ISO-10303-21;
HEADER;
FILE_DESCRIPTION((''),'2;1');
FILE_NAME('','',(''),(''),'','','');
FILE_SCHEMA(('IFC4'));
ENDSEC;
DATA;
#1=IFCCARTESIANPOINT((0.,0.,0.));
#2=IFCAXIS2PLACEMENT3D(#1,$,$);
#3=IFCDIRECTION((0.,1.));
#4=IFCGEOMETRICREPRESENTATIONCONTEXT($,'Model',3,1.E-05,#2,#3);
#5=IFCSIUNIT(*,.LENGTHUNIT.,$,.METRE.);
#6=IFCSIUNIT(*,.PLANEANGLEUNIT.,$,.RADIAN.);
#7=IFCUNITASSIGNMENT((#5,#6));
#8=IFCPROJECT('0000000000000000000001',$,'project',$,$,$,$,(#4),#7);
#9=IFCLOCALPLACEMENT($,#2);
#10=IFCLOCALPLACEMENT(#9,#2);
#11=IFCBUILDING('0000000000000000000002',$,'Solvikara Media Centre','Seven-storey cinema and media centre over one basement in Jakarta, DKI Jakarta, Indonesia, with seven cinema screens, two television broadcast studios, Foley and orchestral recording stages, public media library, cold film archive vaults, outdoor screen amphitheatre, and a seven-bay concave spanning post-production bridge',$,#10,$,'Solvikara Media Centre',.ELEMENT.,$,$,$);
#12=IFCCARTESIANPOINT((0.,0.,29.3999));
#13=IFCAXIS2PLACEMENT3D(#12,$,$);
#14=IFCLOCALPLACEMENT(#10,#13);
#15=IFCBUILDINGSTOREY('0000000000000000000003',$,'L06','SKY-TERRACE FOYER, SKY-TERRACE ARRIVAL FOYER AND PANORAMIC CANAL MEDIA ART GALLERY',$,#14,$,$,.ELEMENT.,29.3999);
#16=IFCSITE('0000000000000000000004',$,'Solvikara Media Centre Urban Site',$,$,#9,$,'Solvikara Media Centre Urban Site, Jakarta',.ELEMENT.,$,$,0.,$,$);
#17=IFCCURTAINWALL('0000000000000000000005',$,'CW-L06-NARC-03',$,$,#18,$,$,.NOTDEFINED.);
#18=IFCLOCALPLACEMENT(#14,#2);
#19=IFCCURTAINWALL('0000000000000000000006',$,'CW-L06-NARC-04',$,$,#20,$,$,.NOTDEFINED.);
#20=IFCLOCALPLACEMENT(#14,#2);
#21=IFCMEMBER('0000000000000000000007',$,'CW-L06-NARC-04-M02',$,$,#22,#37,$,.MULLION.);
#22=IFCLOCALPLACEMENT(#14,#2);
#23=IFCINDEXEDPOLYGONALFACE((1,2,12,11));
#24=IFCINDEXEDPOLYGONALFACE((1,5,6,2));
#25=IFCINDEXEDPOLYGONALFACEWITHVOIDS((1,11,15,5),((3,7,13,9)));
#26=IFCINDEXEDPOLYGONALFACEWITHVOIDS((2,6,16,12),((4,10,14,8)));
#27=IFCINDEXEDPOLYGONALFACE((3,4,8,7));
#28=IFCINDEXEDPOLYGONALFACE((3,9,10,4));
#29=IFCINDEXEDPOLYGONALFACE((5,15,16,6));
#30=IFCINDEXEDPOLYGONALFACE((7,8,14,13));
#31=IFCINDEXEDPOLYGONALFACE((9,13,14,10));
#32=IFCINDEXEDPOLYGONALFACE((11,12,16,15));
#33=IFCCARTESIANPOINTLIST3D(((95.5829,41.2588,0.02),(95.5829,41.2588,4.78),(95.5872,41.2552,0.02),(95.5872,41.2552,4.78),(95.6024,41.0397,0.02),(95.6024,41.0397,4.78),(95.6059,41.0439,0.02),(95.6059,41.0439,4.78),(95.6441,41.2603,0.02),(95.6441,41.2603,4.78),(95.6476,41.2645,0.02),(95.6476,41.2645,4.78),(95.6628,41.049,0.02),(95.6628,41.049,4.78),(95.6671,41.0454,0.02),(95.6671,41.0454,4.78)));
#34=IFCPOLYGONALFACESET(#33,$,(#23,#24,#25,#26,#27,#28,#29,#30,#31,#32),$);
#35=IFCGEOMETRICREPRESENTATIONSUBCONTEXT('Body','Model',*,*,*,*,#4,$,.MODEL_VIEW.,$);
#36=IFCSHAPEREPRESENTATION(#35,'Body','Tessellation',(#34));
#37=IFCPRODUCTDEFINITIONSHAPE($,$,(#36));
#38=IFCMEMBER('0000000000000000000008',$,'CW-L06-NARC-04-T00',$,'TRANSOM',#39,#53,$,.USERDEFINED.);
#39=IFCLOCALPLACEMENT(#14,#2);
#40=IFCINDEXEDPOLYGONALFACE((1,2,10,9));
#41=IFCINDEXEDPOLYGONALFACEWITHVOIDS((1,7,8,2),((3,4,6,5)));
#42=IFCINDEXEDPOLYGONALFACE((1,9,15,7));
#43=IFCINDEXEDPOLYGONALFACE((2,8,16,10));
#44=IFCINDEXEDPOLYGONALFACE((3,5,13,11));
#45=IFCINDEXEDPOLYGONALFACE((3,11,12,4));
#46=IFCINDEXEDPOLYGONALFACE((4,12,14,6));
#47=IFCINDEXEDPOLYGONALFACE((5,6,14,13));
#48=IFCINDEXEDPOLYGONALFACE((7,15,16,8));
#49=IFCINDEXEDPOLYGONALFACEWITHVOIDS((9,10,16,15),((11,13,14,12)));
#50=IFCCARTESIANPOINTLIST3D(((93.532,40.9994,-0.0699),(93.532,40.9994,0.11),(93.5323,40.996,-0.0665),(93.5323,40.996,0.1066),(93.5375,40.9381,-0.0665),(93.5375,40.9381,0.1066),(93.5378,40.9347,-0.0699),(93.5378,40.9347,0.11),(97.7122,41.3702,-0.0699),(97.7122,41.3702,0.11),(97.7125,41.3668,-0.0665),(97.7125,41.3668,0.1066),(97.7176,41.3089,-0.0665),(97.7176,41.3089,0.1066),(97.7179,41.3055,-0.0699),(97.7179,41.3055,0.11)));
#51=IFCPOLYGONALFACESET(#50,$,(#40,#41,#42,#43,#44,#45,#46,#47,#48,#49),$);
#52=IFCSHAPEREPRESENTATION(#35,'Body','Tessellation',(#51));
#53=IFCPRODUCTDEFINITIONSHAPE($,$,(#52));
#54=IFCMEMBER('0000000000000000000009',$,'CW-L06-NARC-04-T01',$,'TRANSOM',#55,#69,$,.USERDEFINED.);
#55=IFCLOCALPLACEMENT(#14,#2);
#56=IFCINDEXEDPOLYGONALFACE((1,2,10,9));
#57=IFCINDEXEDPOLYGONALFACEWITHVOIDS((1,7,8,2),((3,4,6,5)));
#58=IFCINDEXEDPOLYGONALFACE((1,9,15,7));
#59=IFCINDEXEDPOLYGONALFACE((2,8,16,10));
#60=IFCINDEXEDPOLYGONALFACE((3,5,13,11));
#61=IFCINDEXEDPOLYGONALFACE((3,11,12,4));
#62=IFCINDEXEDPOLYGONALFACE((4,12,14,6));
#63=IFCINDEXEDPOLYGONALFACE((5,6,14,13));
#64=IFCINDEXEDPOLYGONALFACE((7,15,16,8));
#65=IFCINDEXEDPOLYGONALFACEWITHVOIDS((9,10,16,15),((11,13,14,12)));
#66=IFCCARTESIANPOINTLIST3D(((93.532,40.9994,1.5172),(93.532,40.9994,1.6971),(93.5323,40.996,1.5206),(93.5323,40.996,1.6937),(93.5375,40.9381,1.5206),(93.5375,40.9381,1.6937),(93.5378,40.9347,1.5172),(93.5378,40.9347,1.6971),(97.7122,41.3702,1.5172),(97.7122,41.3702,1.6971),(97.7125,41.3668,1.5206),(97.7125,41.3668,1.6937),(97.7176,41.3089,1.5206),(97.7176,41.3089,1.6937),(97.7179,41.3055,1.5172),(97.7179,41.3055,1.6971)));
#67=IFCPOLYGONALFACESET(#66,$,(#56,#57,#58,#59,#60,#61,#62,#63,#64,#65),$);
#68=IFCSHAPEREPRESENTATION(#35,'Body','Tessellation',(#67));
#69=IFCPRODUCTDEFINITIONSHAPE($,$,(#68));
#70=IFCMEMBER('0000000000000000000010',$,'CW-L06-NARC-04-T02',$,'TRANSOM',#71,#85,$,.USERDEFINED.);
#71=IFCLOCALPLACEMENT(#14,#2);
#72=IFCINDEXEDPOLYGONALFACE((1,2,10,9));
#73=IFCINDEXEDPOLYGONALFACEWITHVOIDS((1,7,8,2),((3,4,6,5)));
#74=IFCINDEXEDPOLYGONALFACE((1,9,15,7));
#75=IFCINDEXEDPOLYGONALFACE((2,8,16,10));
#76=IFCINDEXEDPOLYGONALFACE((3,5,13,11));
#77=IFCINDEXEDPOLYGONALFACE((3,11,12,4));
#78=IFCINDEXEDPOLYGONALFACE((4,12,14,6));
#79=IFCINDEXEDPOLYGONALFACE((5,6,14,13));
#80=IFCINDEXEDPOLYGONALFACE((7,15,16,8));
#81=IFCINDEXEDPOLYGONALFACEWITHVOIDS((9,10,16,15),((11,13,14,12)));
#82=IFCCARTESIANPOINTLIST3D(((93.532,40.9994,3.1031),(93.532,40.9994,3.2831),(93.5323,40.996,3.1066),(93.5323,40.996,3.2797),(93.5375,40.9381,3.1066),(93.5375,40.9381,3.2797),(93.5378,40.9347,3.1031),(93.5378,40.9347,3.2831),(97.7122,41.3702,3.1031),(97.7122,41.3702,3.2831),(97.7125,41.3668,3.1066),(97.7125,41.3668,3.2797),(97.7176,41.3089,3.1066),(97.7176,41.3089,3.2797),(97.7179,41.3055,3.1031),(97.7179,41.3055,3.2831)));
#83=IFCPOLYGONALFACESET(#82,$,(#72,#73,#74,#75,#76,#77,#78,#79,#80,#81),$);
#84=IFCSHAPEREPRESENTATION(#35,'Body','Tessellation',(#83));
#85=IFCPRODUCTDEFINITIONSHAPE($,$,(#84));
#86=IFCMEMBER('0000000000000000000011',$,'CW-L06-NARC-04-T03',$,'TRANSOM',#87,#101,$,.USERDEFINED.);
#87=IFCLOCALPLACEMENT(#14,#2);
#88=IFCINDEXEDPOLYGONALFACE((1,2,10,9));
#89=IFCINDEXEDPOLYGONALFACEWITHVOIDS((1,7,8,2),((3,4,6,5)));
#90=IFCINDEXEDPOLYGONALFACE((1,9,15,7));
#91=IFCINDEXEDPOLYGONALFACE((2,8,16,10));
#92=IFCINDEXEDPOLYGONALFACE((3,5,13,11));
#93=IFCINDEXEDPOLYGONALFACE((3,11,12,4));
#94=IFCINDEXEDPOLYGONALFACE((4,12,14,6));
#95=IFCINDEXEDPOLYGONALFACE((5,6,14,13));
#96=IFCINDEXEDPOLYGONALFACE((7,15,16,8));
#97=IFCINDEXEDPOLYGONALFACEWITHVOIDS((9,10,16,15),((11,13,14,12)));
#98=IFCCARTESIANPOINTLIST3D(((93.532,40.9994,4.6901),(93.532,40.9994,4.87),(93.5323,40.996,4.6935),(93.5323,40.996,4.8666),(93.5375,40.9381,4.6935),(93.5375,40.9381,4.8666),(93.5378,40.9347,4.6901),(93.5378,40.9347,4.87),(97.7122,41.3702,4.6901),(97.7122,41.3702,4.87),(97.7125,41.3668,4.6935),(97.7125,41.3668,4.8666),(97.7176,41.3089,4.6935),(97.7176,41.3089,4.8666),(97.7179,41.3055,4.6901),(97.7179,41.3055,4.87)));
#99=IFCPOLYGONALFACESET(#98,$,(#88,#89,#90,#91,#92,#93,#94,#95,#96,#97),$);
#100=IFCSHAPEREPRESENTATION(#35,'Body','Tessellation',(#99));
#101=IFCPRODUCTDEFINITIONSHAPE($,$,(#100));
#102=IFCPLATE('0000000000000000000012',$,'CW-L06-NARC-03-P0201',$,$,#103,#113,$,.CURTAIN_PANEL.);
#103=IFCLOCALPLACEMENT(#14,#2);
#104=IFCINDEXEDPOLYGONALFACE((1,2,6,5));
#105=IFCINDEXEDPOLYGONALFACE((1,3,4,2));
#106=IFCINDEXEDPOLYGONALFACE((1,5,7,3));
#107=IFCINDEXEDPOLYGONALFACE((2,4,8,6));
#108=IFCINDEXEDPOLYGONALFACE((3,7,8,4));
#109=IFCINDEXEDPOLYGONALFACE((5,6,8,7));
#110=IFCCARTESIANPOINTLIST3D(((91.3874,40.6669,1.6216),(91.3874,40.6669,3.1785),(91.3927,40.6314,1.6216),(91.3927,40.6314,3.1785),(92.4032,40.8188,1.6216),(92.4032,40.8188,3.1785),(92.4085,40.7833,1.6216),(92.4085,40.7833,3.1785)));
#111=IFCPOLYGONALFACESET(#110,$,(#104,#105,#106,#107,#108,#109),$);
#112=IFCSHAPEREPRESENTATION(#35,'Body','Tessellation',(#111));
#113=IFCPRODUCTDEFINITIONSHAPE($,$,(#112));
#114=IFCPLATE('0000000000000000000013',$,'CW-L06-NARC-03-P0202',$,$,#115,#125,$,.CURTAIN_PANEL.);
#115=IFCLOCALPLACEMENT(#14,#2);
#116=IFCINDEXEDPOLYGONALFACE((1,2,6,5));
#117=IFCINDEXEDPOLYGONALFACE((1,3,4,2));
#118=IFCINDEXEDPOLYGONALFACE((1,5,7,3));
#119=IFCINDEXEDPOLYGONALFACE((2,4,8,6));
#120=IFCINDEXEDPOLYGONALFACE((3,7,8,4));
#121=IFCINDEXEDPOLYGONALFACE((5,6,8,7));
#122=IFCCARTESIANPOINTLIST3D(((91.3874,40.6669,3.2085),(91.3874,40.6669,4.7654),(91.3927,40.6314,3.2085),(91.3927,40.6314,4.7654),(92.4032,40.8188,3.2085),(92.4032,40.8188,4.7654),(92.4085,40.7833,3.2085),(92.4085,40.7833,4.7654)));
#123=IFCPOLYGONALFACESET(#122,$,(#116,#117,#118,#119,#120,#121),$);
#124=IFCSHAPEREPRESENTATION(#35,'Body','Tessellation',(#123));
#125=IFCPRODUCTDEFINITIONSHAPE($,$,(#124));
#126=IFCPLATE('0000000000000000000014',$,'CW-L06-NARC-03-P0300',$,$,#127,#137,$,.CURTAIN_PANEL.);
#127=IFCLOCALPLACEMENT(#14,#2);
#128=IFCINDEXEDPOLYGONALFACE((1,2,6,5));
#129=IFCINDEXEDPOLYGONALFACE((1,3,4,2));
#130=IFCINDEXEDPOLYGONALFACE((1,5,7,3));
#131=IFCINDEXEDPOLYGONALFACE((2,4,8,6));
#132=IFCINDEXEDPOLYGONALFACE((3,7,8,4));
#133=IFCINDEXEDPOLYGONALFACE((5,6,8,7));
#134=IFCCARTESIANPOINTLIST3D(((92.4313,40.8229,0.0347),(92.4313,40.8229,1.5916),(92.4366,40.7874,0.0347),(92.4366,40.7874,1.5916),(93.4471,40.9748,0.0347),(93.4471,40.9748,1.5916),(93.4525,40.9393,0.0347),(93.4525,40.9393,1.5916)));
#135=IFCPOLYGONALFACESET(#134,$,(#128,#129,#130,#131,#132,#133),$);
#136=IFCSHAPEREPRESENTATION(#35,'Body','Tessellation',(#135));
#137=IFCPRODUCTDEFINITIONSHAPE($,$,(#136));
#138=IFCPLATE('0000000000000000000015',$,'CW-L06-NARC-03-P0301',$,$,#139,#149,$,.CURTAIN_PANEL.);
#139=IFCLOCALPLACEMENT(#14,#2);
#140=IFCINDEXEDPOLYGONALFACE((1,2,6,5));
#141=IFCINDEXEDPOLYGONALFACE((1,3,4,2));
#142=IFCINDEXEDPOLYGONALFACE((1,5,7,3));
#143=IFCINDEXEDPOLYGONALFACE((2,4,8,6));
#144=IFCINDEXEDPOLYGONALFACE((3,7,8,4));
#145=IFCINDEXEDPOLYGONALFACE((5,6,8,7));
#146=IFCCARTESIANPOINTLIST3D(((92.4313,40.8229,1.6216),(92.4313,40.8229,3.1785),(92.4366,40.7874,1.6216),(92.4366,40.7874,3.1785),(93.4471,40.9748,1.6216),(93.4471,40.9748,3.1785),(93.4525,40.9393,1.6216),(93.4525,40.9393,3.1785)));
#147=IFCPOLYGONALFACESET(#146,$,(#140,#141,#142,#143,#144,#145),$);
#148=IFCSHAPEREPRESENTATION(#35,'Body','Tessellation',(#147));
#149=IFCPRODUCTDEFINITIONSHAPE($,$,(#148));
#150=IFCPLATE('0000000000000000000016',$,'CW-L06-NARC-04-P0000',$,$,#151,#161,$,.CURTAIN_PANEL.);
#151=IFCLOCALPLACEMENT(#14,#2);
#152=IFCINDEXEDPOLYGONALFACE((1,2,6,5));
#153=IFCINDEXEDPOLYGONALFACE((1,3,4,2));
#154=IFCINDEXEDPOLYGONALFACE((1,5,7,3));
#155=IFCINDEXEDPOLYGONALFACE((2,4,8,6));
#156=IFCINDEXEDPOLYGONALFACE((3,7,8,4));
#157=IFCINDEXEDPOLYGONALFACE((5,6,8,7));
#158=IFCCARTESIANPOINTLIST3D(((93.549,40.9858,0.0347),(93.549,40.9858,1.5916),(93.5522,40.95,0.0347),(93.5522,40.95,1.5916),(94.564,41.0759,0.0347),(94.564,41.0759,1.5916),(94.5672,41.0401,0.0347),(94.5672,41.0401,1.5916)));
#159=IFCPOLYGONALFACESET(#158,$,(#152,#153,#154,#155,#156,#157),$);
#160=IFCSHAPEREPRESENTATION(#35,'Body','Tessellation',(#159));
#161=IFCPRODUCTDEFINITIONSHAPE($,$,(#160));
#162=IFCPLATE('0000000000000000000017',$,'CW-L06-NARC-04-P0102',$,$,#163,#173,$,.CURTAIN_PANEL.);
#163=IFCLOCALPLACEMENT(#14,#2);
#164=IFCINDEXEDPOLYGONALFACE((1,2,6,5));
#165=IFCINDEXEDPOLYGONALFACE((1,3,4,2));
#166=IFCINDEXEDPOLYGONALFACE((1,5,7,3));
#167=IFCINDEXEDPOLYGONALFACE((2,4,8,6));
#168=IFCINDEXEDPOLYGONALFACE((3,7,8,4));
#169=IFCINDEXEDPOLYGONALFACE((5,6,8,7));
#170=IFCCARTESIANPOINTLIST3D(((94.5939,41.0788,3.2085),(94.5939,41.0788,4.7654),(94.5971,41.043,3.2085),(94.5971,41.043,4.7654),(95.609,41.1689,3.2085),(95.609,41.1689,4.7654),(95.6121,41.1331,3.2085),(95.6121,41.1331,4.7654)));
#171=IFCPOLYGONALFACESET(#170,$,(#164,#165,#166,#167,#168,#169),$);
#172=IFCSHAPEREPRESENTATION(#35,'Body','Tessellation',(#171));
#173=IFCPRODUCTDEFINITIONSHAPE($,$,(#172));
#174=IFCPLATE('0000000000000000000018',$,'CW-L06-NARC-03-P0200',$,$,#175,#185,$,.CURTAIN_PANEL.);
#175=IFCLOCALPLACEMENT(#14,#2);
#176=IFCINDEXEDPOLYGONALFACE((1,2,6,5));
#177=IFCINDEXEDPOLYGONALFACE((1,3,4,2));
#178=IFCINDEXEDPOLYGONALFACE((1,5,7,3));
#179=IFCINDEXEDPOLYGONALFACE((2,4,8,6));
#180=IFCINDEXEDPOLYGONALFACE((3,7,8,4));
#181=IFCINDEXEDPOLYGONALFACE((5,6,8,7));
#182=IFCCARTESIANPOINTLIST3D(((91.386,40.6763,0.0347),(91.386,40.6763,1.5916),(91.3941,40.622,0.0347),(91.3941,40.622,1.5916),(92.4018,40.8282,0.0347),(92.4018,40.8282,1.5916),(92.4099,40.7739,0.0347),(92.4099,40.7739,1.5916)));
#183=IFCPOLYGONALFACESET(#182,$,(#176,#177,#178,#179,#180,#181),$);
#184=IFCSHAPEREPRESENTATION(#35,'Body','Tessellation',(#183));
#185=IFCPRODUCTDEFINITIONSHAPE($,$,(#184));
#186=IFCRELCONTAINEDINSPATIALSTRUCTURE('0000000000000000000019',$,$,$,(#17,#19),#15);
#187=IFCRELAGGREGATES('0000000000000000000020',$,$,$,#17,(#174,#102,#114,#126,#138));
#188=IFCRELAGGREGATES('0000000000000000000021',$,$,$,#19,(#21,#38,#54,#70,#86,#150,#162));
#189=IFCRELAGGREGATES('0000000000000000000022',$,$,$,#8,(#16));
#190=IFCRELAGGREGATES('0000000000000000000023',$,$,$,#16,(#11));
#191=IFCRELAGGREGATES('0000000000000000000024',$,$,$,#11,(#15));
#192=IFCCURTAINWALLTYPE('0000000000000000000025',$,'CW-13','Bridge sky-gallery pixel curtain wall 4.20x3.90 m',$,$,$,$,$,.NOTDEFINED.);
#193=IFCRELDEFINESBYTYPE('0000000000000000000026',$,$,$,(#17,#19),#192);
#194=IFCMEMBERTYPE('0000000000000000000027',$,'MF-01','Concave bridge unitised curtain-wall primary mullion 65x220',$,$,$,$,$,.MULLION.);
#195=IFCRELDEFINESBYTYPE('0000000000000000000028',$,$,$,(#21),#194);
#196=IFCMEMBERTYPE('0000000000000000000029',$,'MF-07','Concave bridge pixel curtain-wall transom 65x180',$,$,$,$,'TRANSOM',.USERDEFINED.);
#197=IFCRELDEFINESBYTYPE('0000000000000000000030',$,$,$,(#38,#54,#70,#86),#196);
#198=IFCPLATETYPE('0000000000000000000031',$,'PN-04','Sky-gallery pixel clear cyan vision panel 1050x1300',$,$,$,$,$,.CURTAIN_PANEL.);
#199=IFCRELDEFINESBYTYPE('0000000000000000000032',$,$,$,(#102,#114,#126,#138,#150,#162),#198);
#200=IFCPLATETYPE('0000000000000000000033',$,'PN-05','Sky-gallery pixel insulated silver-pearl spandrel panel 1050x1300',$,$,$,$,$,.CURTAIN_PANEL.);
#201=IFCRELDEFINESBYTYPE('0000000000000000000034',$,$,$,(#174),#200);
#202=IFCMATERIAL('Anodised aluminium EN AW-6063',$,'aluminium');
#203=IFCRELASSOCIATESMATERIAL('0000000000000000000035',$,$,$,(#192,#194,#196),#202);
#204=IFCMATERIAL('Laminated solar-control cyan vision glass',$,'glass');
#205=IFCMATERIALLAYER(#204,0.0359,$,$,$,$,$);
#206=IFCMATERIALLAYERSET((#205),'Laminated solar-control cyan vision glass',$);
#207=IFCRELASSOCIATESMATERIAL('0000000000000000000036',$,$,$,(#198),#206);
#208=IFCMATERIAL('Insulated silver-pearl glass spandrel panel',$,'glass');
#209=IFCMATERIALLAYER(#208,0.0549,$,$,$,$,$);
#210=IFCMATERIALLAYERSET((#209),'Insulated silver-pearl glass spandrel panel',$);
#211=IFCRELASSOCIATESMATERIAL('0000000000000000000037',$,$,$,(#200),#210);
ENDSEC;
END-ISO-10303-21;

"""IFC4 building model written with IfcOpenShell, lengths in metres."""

from ifc_helpers import new_model, si_unit, direction, frame, origin, origin_2d, place, context, subcontext, project, spatial, rectangle, hollow_rectangle, extrude, material, layer, layer_set, material_profile, profile_set, type_object, element, aggregate, save


model = new_model("IFC4")

# Units and contexts
model_context = context("Model", 3, precision=1e-05, world=origin(), true_north=direction((0.0, 1.0)))
body_context = subcontext(model_context, "Body", "Model", "MODEL_VIEW")
ifc_project = project(units=[si_unit("LENGTHUNIT", "METRE"), si_unit("PLANEANGLEUNIT", "RADIAN")], contexts=[model_context])

# Site, building, storey
site_placement = place(None, origin())
site = spatial("IfcSite", under=ifc_project, at=site_placement, Name="Solvikara Media Centre Urban Site", LongName="Solvikara Media Centre Urban Site, Jakarta", CompositionType="ELEMENT", RefElevation=0.0)
building_placement = place(site_placement, origin())
building = spatial("IfcBuilding", under=site, at=building_placement, Name="Solvikara Media Centre", Description="Seven-storey cinema and media centre over one basement in Jakarta, DKI Jakarta, Indonesia, with seven cinema screens, two television broadcast studios, Foley and orchestral recording stages, public media library, cold film archive vaults, outdoor screen amphitheatre, and a seven-bay concave spanning post-production bridge", LongName="Solvikara Media Centre", CompositionType="ELEMENT")
storey_placement = place(building_placement, frame((0.0, 0.0, 29.3999)))
storey = spatial("IfcBuildingStorey", under=building, at=storey_placement, Name="L06", Description="SKY-TERRACE FOYER, SKY-TERRACE ARRIVAL FOYER AND PANORAMIC CANAL MEDIA ART GALLERY", CompositionType="ELEMENT", Elevation=29.3999)

# Curtain walls, members
ifc_material_1 = material(Name="Anodised aluminium EN AW-6063", Category="aluminium")
curtain_wall_type = type_object("IfcCurtainWallType", Name="CW-13", Description="Bridge sky-gallery pixel curtain wall 4.20x3.90 m", PredefinedType="NOTDEFINED", material=ifc_material_1)
curtain_wall_1_placement = place(storey_placement, origin())
curtain_wall_1 = element("IfcCurtainWall", 1, at=curtain_wall_1_placement, inside=storey, type_object=curtain_wall_type, Name="CW-L06-NARC-03", PredefinedType="NOTDEFINED")
ifc_material_profile_1 = material_profile(ifc_material_1, hollow_rectangle(XDim=0.0649, YDim=0.22, WallThickness=0.0039, at=origin_2d()), Name="ALU-M 65x220x4")
ifc_profile_set_1 = profile_set([ifc_material_profile_1], Name="Anodised aluminium EN AW-6063")
member_type_1 = type_object("IfcMemberType", Name="MF-01", Description="Concave bridge unitised curtain-wall primary mullion 65x220", PredefinedType="MULLION", material=ifc_profile_set_1)
curtain_wall_2_placement = place(storey_placement, origin())
curtain_wall_2 = element("IfcCurtainWall", 2, at=curtain_wall_2_placement, inside=storey, type_object=curtain_wall_type, Name="CW-L06-NARC-04", PredefinedType="NOTDEFINED")
member_1_placement = place(storey_placement, frame((95.625, 41.1521, 0.02), z_axis=(0.0, 0.0, 1.0), x_axis=(0.996084, 0.088408, 0.0)))
member_1 = element("IfcMember", 3, at=member_1_placement, type_object=member_type_1, Name="CW-L06-NARC-04-M02", PredefinedType="MULLION", context=body_context, shape_type="SweptSolid", body=[
    extrude(hollow_rectangle(XDim=0.0649, YDim=0.22, WallThickness=0.0039, at=origin_2d()), origin(), (0.0, 0.0, 1.0), 4.76),
])
ifc_material_profile_2 = material_profile(ifc_material_1, hollow_rectangle(XDim=0.0649, YDim=0.1799, WallThickness=0.0034, at=origin_2d()), Name="ALU-T 65x180x3.5")
ifc_profile_set_2 = profile_set([ifc_material_profile_2], Name="Anodised aluminium EN AW-6063")
member_type_2 = type_object("IfcMemberType", Name="MF-07", Description="Concave bridge pixel curtain-wall transom 65x180", ElementType="TRANSOM", PredefinedType="USERDEFINED", material=ifc_profile_set_2)
member_2_placement = place(storey_placement, frame((93.5349, 40.967, 0.02), z_axis=(0.996088, 0.088369, 0.0), x_axis=(-0.088369, 0.996088, 0.0)))
member_2 = element("IfcMember", 4, at=member_2_placement, type_object=member_type_2, Name="CW-L06-NARC-04-T00", ObjectType="TRANSOM", PredefinedType="USERDEFINED", context=body_context, shape_type="SweptSolid", body=[
    extrude(hollow_rectangle(XDim=0.0649, YDim=0.1799, WallThickness=0.0034, at=origin_2d()), origin(), (0.0, 0.0, 1.0), 4.1965),
])
member_3_placement = place(storey_placement, frame((93.5349, 40.967, 1.6072), z_axis=(0.996088, 0.088369, 0.0), x_axis=(-0.088369, 0.996088, 0.0)))
member_3 = element("IfcMember", 5, at=member_3_placement, type_object=member_type_2, Name="CW-L06-NARC-04-T01", ObjectType="TRANSOM", PredefinedType="USERDEFINED", context=body_context, shape_type="SweptSolid", body=[
    extrude(hollow_rectangle(XDim=0.0649, YDim=0.1799, WallThickness=0.0034, at=origin_2d()), origin(), (0.0, 0.0, 1.0), 4.1965),
])
member_4_placement = place(storey_placement, frame((93.5349, 40.967, 3.1931), z_axis=(0.996088, 0.088369, 0.0), x_axis=(-0.088369, 0.996088, 0.0)))
member_4 = element("IfcMember", 6, at=member_4_placement, type_object=member_type_2, Name="CW-L06-NARC-04-T02", ObjectType="TRANSOM", PredefinedType="USERDEFINED", context=body_context, shape_type="SweptSolid", body=[
    extrude(hollow_rectangle(XDim=0.0649, YDim=0.1799, WallThickness=0.0034, at=origin_2d()), origin(), (0.0, 0.0, 1.0), 4.1965),
])
member_5_placement = place(storey_placement, frame((93.5349, 40.967, 4.78), z_axis=(0.996088, 0.088369, 0.0), x_axis=(-0.088369, 0.996088, 0.0)))
member_5 = element("IfcMember", 7, at=member_5_placement, type_object=member_type_2, Name="CW-L06-NARC-04-T03", ObjectType="TRANSOM", PredefinedType="USERDEFINED", context=body_context, shape_type="SweptSolid", body=[
    extrude(hollow_rectangle(XDim=0.0649, YDim=0.1799, WallThickness=0.0034, at=origin_2d()), origin(), (0.0, 0.0, 1.0), 4.1965),
])

# Plates
ifc_material_2 = material(Name="Laminated solar-control cyan vision glass", Category="glass")
ifc_layer_1 = layer(ifc_material_2, 0.0359)
ifc_layer_set_1 = layer_set([ifc_layer_1], Name="Laminated solar-control cyan vision glass")
plate_type_1 = type_object("IfcPlateType", Name="PN-04", Description="Sky-gallery pixel clear cyan vision panel 1050x1300", PredefinedType="CURTAIN_PANEL", material=ifc_layer_set_1)
plate_1_placement = place(storey_placement, frame((91.8979, 40.7251, 1.6216), z_axis=(0.0, 0.0, 1.0), x_axis=(0.989006, 0.147878, 0.0)))
plate_1 = element("IfcPlate", 8, at=plate_1_placement, type_object=plate_type_1, Name="CW-L06-NARC-03-P0201", PredefinedType="CURTAIN_PANEL", context=body_context, shape_type="SweptSolid", body=[
    extrude(rectangle(XDim=1.0271, YDim=0.0359, at=origin_2d()), origin(), (0.0, 0.0, 1.0), 1.5569),
])
plate_2_placement = place(storey_placement, frame((91.8979, 40.7251, 3.2085), z_axis=(0.0, 0.0, 1.0), x_axis=(0.989006, 0.147878, 0.0)))
plate_2 = element("IfcPlate", 9, at=plate_2_placement, type_object=plate_type_1, Name="CW-L06-NARC-03-P0202", PredefinedType="CURTAIN_PANEL", context=body_context, shape_type="SweptSolid", body=[
    extrude(rectangle(XDim=1.0271, YDim=0.0359, at=origin_2d()), origin(), (0.0, 0.0, 1.0), 1.5569),
])
plate_3_placement = place(storey_placement, frame((92.9419, 40.8811, 0.0347), z_axis=(0.0, 0.0, 1.0), x_axis=(0.989006, 0.147878, 0.0)))
plate_3 = element("IfcPlate", 10, at=plate_3_placement, type_object=plate_type_1, Name="CW-L06-NARC-03-P0300", PredefinedType="CURTAIN_PANEL", context=body_context, shape_type="SweptSolid", body=[
    extrude(rectangle(XDim=1.0271, YDim=0.0359, at=origin_2d()), origin(), (0.0, 0.0, 1.0), 1.5569),
])
plate_4_placement = place(storey_placement, frame((92.9419, 40.8811, 1.6216), z_axis=(0.0, 0.0, 1.0), x_axis=(0.989006, 0.147878, 0.0)))
plate_4 = element("IfcPlate", 11, at=plate_4_placement, type_object=plate_type_1, Name="CW-L06-NARC-03-P0301", PredefinedType="CURTAIN_PANEL", context=body_context, shape_type="SweptSolid", body=[
    extrude(rectangle(XDim=1.0271, YDim=0.0359, at=origin_2d()), origin(), (0.0, 0.0, 1.0), 1.5569),
])
plate_5_placement = place(storey_placement, frame((94.0581, 41.0129, 0.0347), z_axis=(0.0, 0.0, 1.0), x_axis=(0.996084, 0.088408, 0.0)))
plate_5 = element("IfcPlate", 12, at=plate_5_placement, type_object=plate_type_1, Name="CW-L06-NARC-04-P0000", PredefinedType="CURTAIN_PANEL", context=body_context, shape_type="SweptSolid", body=[
    extrude(rectangle(XDim=1.019, YDim=0.0359, at=origin_2d()), origin(), (0.0, 0.0, 1.0), 1.5569),
])
plate_6_placement = place(storey_placement, frame((95.103, 41.106, 3.2085), z_axis=(0.0, 0.0, 1.0), x_axis=(0.996084, 0.088408, 0.0)))
plate_6 = element("IfcPlate", 13, at=plate_6_placement, type_object=plate_type_1, Name="CW-L06-NARC-04-P0102", PredefinedType="CURTAIN_PANEL", context=body_context, shape_type="SweptSolid", body=[
    extrude(rectangle(XDim=1.019, YDim=0.0359, at=origin_2d()), origin(), (0.0, 0.0, 1.0), 1.5569),
])
ifc_material_3 = material(Name="Insulated silver-pearl glass spandrel panel", Category="glass")
ifc_layer_2 = layer(ifc_material_3, 0.0549)
ifc_layer_set_2 = layer_set([ifc_layer_2], Name="Insulated silver-pearl glass spandrel panel")
plate_type_2 = type_object("IfcPlateType", Name="PN-05", Description="Sky-gallery pixel insulated silver-pearl spandrel panel 1050x1300", PredefinedType="CURTAIN_PANEL", material=ifc_layer_set_2)
plate_7_placement = place(storey_placement, frame((91.8979, 40.7251, 0.0347), z_axis=(0.0, 0.0, 1.0), x_axis=(0.989006, 0.147878, 0.0)))
plate_7 = element("IfcPlate", 14, at=plate_7_placement, type_object=plate_type_2, Name="CW-L06-NARC-03-P0200", PredefinedType="CURTAIN_PANEL", context=body_context, shape_type="SweptSolid", body=[
    extrude(rectangle(XDim=1.0271, YDim=0.0549, at=origin_2d()), origin(), (0.0, 0.0, 1.0), 1.5569),
])
aggregate(curtain_wall_1, [plate_7, plate_1, plate_2, plate_3, plate_4])
aggregate(curtain_wall_2, [member_1, member_2, member_3, member_4, member_5, plate_5, plate_6])

save(model, "model.ifc")
